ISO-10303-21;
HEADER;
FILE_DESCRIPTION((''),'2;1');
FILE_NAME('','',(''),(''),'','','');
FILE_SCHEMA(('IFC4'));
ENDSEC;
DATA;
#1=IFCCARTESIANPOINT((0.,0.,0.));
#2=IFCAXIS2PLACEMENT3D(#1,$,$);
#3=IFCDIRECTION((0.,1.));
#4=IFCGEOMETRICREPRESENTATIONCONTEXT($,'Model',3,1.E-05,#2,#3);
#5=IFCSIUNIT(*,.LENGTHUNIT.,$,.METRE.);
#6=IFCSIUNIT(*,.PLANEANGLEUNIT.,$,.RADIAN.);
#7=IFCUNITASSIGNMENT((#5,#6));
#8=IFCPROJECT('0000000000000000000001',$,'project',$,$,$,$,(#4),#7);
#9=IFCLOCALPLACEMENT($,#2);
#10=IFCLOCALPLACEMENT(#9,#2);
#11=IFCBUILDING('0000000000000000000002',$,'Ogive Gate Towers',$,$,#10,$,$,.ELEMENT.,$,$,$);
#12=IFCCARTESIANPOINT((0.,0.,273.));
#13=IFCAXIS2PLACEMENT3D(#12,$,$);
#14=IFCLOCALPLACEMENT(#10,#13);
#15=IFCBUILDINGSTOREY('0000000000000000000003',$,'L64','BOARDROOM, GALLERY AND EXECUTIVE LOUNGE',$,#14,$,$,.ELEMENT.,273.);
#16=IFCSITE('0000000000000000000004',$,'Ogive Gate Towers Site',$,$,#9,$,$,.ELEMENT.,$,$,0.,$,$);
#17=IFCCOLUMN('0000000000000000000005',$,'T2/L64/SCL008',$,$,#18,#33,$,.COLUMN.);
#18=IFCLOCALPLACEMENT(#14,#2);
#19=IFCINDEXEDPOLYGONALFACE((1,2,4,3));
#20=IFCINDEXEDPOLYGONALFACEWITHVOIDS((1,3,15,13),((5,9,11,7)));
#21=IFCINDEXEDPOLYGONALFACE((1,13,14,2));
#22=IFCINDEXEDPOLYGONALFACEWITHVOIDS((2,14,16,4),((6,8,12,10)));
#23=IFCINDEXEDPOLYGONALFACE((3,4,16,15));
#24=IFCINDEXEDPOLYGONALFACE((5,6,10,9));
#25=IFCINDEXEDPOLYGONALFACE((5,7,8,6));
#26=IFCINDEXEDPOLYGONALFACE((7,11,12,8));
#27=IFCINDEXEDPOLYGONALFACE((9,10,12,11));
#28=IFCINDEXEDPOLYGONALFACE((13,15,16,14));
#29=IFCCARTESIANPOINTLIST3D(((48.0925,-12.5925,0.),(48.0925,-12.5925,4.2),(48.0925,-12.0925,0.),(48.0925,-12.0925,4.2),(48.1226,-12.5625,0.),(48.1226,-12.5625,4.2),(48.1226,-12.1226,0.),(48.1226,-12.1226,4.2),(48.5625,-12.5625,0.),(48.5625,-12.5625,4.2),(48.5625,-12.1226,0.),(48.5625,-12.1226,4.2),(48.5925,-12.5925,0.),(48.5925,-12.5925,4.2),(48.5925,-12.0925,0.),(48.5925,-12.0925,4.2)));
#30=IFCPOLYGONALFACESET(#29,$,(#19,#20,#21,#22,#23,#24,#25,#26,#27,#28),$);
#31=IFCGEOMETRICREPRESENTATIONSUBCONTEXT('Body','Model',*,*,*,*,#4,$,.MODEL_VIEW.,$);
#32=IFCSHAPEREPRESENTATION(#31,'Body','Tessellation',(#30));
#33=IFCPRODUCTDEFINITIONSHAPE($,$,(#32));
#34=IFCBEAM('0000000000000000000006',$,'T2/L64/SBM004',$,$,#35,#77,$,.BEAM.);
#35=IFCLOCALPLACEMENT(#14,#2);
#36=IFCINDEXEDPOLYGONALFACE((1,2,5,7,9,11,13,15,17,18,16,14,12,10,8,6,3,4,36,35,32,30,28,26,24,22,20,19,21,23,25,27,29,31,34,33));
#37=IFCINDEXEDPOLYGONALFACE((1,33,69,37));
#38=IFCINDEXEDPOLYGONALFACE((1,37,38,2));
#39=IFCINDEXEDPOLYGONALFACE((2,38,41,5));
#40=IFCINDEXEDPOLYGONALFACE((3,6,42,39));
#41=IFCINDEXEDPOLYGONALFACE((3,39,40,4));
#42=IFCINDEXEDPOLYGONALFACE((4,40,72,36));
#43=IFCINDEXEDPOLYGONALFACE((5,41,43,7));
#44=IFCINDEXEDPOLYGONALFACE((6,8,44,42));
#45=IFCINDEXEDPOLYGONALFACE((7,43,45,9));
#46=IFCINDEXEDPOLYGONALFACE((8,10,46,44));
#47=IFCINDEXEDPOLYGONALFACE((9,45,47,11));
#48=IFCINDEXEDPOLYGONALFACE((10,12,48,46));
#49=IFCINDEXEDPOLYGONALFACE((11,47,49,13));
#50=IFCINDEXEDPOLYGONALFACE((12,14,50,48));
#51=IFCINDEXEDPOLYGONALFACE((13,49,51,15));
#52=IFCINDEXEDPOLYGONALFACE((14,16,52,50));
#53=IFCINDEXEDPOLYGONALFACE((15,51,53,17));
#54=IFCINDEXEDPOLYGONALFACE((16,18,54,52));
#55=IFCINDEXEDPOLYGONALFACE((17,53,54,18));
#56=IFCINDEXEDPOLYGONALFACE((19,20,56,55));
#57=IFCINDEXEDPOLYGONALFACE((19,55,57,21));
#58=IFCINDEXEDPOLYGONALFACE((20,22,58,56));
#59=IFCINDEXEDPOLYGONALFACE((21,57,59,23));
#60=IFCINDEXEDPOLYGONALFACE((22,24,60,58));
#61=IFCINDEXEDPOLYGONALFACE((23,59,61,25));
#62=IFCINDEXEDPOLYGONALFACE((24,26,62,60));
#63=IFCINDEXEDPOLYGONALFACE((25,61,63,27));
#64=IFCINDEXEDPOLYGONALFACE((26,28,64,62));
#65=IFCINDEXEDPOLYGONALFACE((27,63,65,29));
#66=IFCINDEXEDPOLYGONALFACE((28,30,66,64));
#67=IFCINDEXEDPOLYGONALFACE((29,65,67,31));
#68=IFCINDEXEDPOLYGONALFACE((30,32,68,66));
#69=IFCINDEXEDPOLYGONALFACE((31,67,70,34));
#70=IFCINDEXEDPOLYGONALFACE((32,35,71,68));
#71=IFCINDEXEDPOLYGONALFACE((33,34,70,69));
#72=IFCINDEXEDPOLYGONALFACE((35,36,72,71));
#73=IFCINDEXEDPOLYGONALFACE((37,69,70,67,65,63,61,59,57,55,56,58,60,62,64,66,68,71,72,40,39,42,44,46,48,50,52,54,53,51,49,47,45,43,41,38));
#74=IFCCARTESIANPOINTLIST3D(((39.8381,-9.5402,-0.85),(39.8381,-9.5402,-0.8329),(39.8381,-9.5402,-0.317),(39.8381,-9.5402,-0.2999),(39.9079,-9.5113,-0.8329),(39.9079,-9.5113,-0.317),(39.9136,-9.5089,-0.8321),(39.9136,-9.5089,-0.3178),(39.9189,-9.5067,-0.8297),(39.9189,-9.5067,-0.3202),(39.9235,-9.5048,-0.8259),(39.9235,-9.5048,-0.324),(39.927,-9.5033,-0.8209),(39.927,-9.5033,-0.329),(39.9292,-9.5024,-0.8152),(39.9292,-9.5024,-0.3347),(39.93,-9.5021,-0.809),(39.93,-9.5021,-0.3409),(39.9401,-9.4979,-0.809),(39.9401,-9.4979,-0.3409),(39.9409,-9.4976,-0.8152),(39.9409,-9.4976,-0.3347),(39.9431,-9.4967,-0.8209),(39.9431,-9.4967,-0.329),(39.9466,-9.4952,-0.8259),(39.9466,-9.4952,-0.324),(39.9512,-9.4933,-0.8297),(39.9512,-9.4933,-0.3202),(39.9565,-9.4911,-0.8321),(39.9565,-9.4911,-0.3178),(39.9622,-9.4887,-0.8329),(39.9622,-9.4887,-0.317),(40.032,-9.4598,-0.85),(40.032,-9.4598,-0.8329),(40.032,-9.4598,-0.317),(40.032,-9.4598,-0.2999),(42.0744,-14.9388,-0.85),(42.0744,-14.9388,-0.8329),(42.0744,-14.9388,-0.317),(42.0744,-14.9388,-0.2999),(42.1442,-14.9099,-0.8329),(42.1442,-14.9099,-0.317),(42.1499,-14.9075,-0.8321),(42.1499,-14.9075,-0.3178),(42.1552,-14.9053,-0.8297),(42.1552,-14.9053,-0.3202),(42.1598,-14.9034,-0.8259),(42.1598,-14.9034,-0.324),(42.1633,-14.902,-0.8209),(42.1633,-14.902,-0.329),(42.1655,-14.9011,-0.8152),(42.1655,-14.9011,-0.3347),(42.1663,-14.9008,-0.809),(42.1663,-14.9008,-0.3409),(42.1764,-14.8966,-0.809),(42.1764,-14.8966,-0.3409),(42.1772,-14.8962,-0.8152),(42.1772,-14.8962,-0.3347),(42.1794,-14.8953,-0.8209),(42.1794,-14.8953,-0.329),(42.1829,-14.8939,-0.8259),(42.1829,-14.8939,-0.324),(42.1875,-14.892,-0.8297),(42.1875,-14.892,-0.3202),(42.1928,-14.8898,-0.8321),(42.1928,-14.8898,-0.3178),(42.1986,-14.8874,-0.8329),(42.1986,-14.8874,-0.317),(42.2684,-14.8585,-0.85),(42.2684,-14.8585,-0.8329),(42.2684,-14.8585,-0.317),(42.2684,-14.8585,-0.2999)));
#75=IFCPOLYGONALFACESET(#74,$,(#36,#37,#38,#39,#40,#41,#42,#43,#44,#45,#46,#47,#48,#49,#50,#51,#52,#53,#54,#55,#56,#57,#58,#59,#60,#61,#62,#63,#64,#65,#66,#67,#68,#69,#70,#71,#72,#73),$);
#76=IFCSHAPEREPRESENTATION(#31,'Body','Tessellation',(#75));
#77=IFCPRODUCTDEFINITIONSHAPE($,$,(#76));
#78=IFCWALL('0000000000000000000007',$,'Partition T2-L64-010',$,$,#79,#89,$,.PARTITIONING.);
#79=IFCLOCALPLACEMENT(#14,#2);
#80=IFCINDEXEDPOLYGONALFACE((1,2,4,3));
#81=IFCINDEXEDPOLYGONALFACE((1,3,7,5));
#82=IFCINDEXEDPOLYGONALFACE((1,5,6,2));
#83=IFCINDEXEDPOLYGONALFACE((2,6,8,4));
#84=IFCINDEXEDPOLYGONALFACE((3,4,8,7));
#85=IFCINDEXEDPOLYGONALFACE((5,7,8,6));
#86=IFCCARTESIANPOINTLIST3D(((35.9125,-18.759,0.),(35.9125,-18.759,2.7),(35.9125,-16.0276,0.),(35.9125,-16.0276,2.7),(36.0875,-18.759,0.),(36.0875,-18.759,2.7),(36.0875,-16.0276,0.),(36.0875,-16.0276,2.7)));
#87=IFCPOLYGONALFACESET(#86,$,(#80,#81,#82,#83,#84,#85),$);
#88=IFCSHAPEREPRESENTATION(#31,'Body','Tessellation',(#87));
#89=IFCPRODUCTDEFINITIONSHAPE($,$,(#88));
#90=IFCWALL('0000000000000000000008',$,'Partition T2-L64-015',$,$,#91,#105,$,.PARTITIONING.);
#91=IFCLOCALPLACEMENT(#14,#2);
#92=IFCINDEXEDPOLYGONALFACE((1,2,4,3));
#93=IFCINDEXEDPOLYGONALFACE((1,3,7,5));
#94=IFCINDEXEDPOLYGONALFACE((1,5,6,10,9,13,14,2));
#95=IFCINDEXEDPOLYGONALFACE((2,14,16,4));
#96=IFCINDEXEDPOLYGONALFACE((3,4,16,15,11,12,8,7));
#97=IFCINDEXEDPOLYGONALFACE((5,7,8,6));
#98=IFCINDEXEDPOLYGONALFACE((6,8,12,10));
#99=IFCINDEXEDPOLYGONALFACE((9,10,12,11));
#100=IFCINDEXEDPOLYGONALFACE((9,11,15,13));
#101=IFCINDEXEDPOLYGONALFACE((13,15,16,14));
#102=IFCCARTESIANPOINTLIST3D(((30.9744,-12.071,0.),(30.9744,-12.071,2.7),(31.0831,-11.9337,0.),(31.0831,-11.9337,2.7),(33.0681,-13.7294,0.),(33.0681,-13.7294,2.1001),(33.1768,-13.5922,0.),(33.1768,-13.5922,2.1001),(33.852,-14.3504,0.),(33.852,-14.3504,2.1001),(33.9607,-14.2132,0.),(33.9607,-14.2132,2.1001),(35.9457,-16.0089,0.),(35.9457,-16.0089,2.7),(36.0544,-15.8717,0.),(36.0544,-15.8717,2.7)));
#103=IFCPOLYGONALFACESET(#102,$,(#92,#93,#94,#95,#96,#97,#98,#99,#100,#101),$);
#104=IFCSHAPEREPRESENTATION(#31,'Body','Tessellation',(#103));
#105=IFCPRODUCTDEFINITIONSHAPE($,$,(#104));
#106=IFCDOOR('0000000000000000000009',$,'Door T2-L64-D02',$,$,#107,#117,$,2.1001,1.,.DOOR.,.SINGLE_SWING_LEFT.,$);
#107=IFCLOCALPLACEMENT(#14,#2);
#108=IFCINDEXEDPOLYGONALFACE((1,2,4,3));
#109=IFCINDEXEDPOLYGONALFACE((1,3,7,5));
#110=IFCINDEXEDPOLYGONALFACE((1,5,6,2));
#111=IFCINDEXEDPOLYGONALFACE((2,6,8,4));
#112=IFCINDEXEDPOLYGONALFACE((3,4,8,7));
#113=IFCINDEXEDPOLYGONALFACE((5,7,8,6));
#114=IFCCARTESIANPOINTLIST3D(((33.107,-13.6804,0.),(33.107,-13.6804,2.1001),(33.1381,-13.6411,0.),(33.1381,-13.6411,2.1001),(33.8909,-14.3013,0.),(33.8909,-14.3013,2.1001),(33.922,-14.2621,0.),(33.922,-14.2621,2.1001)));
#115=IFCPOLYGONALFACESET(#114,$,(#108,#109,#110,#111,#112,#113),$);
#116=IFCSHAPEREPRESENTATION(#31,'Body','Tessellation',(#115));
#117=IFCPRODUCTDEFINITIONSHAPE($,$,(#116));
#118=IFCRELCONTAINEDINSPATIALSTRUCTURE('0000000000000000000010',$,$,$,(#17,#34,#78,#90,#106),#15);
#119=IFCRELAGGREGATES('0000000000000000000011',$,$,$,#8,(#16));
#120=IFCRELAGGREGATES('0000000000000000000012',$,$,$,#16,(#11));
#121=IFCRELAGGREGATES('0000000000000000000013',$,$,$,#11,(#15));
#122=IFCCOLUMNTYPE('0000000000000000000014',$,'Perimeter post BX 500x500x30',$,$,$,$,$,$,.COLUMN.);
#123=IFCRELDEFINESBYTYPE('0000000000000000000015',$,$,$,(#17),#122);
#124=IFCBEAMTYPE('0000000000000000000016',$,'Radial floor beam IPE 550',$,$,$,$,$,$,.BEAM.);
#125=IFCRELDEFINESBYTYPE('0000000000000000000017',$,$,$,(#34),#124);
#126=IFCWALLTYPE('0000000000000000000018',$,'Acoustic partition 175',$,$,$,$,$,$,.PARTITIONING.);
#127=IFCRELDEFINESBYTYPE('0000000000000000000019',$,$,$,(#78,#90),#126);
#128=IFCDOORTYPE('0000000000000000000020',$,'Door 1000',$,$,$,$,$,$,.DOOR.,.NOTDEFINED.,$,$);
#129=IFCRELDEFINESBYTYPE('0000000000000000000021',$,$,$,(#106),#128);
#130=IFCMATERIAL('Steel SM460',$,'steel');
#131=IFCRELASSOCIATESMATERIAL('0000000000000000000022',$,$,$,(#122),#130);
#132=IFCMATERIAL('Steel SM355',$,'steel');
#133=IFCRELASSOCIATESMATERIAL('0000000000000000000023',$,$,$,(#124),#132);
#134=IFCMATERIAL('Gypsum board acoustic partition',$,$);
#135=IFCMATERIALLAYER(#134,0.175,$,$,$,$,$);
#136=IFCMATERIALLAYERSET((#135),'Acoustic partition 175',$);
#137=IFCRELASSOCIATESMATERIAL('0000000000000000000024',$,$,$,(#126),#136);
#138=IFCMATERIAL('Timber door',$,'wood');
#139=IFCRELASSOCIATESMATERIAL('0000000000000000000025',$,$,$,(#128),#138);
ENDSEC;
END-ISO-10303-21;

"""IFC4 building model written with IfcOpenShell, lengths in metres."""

from ifc_helpers import new_model, si_unit, direction, frame, frame_2d, origin, origin_2d, place, context, subcontext, project, spatial, rectangle, hollow_rectangle, i_section, extrude, material, layer, layer_set, material_profile, profile_set, type_object, element, fill, save


model = new_model("IFC4")

# Units and contexts
model_context = context("Model", 3, precision=1e-05, world=origin(), true_north=direction((0.0, 1.0)))
body_context = subcontext(model_context, "Body", "Model", "MODEL_VIEW")
ifc_project = project(units=[si_unit("LENGTHUNIT", "METRE"), si_unit("PLANEANGLEUNIT", "RADIAN")], contexts=[model_context])

# Site, building, storey
site_placement = place(None, origin())
site = spatial("IfcSite", under=ifc_project, at=site_placement, Name="Ogive Gate Towers Site", CompositionType="ELEMENT", RefElevation=0.0)
building_placement = place(site_placement, origin())
building = spatial("IfcBuilding", under=site, at=building_placement, Name="Ogive Gate Towers", CompositionType="ELEMENT")
storey_placement = place(building_placement, frame((0.0, 0.0, 273.0)))
storey = spatial("IfcBuildingStorey", under=building, at=storey_placement, Name="L64", Description="BOARDROOM, GALLERY AND EXECUTIVE LOUNGE", CompositionType="ELEMENT", Elevation=273.0)

# Column
ifc_material_1 = material(Name="Steel SM460", Category="steel")
ifc_material_profile_1 = material_profile(ifc_material_1, hollow_rectangle(XDim=0.5, YDim=0.5, WallThickness=0.03, at=origin_2d()), Name="BX 500x500x30")
ifc_profile_set_1 = profile_set([ifc_material_profile_1], Name="Steel SM460")
column_type = type_object("IfcColumnType", Name="Perimeter post BX 500x500x30", PredefinedType="COLUMN", material=ifc_profile_set_1)
column_placement = place(storey_placement, frame((48.3425, -12.3425, 0.0), z_axis=(0.0, 0.0, 1.0), x_axis=(1.0, 0.0, 0.0)))
element("IfcColumn", 1, at=column_placement, inside=storey, type_object=column_type, Name="T2/L64/SCL008", PredefinedType="COLUMN", context=body_context, shape_type="SweptSolid", body=[
    extrude(hollow_rectangle(XDim=0.5, YDim=0.5, WallThickness=0.03, at=origin_2d()), origin(), (0.0, 0.0, 1.0), 4.2),
])

# Beam
ifc_material_2 = material(Name="Steel SM355", Category="steel")
ifc_material_profile_2 = material_profile(ifc_material_2, i_section(OverallWidth=0.21, OverallDepth=0.55, WebThickness=0.011, FlangeThickness=0.0171, FilletRadius=0.0239, at=origin_2d()), Name="IPE 550")
ifc_profile_set_2 = profile_set([ifc_material_profile_2], Name="Steel SM355")
beam_type = type_object("IfcBeamType", Name="Radial floor beam IPE 550", PredefinedType="BEAM", material=ifc_profile_set_2)
beam_placement = place(storey_placement, frame((39.9351, -9.5, -0.575), z_axis=(0.382701, -0.923872, 0.0), x_axis=(0.923872, 0.382701, 0.0)))
element("IfcBeam", 2, at=beam_placement, inside=storey, type_object=beam_type, Name="T2/L64/SBM004", PredefinedType="BEAM", context=body_context, shape_type="SweptSolid", body=[
    extrude(i_section(OverallWidth=0.21, OverallDepth=0.55, WebThickness=0.011, FlangeThickness=0.0171, FilletRadius=0.0239, at=origin_2d()), origin(), (0.0, 0.0, 1.0), 5.8435),
])

# Wall
ifc_material_3 = material(Name="Gypsum board acoustic partition")
ifc_layer_1 = layer(ifc_material_3, 0.175)
ifc_layer_set_1 = layer_set([ifc_layer_1], Name="Acoustic partition 175")
wall_type_1 = type_object("IfcWallType", Name="Acoustic partition 175", PredefinedType="PARTITIONING", material=ifc_layer_set_1)
wall_1_placement = place(storey_placement, frame((36.0, -18.759, 0.0), z_axis=(0.0, 0.0, 1.0), x_axis=(0.0, 1.0, 0.0)))
element("IfcWall", 3, at=wall_1_placement, inside=storey, type_object=wall_type_1, Name="Partition T2-L64-010", PredefinedType="PARTITIONING", context=body_context, shape_type="SweptSolid", body=[
    extrude(rectangle(XDim=2.7314, YDim=0.175, at=frame_2d((1.3657, 0.0))), origin(), (0.0, 0.0, 1.0), 2.7),
])

# Wall, opening, door
wall_2_placement = place(storey_placement, frame((36.0, -15.9402, 0.0), z_axis=(0.0, 0.0, 1.0), x_axis=(-0.783872, 0.620923, 0.0)))
wall_2 = element("IfcWall", 4, at=wall_2_placement, inside=storey, type_object=wall_type_1, Name="Partition T2-L64-015", PredefinedType="PARTITIONING", context=body_context, shape_type="SweptSolid", body=[
    extrude(rectangle(XDim=6.342, YDim=0.175, at=frame_2d((3.1709, 0.0))), origin(), (0.0, 0.0, 1.0), 2.7),
])
opening_1_placement = place(wall_2_placement, frame((2.6709, 0.0, 0.0)))
opening_1 = element("IfcOpeningElement", 5, at=opening_1_placement, cuts=wall_2, PredefinedType="OPENING", context=body_context, shape_type="SweptSolid", body=[
    extrude(rectangle(XDim=1.0, YDim=2.1001, at=frame_2d((0.5, 1.05))), frame((0.0, 0.0977, 0.0), z_axis=(0.0, -1.0, 0.0), x_axis=(1.0, 0.0, 0.0)), (0.0, 0.0, 1.0), 0.1951),
])
ifc_material_4 = material(Name="Timber door", Category="wood")
door_type_1 = type_object("IfcDoorType", Name="Door 1000", OperationType="NOTDEFINED", PredefinedType="DOOR", material=ifc_material_4)
door_1_placement = place(opening_1_placement, origin())
door_1 = element("IfcDoor", 6, at=door_1_placement, inside=storey, type_object=door_type_1, Name="Door T2-L64-D02", OperationType="SINGLE_SWING_LEFT", OverallHeight=2.1001, OverallWidth=1.0, PredefinedType="DOOR", context=body_context, shape_type="SweptSolid", body=[
    extrude(rectangle(XDim=1.0, YDim=2.1001, at=frame_2d((0.5, 1.05))), frame((0.0, 0.0249, 0.0), z_axis=(0.0, -1.0, 0.0), x_axis=(1.0, 0.0, 0.0)), (0.0, 0.0, 1.0), 0.05),
])
fill(opening_1, door_1)

save(model, "model.ifc")
